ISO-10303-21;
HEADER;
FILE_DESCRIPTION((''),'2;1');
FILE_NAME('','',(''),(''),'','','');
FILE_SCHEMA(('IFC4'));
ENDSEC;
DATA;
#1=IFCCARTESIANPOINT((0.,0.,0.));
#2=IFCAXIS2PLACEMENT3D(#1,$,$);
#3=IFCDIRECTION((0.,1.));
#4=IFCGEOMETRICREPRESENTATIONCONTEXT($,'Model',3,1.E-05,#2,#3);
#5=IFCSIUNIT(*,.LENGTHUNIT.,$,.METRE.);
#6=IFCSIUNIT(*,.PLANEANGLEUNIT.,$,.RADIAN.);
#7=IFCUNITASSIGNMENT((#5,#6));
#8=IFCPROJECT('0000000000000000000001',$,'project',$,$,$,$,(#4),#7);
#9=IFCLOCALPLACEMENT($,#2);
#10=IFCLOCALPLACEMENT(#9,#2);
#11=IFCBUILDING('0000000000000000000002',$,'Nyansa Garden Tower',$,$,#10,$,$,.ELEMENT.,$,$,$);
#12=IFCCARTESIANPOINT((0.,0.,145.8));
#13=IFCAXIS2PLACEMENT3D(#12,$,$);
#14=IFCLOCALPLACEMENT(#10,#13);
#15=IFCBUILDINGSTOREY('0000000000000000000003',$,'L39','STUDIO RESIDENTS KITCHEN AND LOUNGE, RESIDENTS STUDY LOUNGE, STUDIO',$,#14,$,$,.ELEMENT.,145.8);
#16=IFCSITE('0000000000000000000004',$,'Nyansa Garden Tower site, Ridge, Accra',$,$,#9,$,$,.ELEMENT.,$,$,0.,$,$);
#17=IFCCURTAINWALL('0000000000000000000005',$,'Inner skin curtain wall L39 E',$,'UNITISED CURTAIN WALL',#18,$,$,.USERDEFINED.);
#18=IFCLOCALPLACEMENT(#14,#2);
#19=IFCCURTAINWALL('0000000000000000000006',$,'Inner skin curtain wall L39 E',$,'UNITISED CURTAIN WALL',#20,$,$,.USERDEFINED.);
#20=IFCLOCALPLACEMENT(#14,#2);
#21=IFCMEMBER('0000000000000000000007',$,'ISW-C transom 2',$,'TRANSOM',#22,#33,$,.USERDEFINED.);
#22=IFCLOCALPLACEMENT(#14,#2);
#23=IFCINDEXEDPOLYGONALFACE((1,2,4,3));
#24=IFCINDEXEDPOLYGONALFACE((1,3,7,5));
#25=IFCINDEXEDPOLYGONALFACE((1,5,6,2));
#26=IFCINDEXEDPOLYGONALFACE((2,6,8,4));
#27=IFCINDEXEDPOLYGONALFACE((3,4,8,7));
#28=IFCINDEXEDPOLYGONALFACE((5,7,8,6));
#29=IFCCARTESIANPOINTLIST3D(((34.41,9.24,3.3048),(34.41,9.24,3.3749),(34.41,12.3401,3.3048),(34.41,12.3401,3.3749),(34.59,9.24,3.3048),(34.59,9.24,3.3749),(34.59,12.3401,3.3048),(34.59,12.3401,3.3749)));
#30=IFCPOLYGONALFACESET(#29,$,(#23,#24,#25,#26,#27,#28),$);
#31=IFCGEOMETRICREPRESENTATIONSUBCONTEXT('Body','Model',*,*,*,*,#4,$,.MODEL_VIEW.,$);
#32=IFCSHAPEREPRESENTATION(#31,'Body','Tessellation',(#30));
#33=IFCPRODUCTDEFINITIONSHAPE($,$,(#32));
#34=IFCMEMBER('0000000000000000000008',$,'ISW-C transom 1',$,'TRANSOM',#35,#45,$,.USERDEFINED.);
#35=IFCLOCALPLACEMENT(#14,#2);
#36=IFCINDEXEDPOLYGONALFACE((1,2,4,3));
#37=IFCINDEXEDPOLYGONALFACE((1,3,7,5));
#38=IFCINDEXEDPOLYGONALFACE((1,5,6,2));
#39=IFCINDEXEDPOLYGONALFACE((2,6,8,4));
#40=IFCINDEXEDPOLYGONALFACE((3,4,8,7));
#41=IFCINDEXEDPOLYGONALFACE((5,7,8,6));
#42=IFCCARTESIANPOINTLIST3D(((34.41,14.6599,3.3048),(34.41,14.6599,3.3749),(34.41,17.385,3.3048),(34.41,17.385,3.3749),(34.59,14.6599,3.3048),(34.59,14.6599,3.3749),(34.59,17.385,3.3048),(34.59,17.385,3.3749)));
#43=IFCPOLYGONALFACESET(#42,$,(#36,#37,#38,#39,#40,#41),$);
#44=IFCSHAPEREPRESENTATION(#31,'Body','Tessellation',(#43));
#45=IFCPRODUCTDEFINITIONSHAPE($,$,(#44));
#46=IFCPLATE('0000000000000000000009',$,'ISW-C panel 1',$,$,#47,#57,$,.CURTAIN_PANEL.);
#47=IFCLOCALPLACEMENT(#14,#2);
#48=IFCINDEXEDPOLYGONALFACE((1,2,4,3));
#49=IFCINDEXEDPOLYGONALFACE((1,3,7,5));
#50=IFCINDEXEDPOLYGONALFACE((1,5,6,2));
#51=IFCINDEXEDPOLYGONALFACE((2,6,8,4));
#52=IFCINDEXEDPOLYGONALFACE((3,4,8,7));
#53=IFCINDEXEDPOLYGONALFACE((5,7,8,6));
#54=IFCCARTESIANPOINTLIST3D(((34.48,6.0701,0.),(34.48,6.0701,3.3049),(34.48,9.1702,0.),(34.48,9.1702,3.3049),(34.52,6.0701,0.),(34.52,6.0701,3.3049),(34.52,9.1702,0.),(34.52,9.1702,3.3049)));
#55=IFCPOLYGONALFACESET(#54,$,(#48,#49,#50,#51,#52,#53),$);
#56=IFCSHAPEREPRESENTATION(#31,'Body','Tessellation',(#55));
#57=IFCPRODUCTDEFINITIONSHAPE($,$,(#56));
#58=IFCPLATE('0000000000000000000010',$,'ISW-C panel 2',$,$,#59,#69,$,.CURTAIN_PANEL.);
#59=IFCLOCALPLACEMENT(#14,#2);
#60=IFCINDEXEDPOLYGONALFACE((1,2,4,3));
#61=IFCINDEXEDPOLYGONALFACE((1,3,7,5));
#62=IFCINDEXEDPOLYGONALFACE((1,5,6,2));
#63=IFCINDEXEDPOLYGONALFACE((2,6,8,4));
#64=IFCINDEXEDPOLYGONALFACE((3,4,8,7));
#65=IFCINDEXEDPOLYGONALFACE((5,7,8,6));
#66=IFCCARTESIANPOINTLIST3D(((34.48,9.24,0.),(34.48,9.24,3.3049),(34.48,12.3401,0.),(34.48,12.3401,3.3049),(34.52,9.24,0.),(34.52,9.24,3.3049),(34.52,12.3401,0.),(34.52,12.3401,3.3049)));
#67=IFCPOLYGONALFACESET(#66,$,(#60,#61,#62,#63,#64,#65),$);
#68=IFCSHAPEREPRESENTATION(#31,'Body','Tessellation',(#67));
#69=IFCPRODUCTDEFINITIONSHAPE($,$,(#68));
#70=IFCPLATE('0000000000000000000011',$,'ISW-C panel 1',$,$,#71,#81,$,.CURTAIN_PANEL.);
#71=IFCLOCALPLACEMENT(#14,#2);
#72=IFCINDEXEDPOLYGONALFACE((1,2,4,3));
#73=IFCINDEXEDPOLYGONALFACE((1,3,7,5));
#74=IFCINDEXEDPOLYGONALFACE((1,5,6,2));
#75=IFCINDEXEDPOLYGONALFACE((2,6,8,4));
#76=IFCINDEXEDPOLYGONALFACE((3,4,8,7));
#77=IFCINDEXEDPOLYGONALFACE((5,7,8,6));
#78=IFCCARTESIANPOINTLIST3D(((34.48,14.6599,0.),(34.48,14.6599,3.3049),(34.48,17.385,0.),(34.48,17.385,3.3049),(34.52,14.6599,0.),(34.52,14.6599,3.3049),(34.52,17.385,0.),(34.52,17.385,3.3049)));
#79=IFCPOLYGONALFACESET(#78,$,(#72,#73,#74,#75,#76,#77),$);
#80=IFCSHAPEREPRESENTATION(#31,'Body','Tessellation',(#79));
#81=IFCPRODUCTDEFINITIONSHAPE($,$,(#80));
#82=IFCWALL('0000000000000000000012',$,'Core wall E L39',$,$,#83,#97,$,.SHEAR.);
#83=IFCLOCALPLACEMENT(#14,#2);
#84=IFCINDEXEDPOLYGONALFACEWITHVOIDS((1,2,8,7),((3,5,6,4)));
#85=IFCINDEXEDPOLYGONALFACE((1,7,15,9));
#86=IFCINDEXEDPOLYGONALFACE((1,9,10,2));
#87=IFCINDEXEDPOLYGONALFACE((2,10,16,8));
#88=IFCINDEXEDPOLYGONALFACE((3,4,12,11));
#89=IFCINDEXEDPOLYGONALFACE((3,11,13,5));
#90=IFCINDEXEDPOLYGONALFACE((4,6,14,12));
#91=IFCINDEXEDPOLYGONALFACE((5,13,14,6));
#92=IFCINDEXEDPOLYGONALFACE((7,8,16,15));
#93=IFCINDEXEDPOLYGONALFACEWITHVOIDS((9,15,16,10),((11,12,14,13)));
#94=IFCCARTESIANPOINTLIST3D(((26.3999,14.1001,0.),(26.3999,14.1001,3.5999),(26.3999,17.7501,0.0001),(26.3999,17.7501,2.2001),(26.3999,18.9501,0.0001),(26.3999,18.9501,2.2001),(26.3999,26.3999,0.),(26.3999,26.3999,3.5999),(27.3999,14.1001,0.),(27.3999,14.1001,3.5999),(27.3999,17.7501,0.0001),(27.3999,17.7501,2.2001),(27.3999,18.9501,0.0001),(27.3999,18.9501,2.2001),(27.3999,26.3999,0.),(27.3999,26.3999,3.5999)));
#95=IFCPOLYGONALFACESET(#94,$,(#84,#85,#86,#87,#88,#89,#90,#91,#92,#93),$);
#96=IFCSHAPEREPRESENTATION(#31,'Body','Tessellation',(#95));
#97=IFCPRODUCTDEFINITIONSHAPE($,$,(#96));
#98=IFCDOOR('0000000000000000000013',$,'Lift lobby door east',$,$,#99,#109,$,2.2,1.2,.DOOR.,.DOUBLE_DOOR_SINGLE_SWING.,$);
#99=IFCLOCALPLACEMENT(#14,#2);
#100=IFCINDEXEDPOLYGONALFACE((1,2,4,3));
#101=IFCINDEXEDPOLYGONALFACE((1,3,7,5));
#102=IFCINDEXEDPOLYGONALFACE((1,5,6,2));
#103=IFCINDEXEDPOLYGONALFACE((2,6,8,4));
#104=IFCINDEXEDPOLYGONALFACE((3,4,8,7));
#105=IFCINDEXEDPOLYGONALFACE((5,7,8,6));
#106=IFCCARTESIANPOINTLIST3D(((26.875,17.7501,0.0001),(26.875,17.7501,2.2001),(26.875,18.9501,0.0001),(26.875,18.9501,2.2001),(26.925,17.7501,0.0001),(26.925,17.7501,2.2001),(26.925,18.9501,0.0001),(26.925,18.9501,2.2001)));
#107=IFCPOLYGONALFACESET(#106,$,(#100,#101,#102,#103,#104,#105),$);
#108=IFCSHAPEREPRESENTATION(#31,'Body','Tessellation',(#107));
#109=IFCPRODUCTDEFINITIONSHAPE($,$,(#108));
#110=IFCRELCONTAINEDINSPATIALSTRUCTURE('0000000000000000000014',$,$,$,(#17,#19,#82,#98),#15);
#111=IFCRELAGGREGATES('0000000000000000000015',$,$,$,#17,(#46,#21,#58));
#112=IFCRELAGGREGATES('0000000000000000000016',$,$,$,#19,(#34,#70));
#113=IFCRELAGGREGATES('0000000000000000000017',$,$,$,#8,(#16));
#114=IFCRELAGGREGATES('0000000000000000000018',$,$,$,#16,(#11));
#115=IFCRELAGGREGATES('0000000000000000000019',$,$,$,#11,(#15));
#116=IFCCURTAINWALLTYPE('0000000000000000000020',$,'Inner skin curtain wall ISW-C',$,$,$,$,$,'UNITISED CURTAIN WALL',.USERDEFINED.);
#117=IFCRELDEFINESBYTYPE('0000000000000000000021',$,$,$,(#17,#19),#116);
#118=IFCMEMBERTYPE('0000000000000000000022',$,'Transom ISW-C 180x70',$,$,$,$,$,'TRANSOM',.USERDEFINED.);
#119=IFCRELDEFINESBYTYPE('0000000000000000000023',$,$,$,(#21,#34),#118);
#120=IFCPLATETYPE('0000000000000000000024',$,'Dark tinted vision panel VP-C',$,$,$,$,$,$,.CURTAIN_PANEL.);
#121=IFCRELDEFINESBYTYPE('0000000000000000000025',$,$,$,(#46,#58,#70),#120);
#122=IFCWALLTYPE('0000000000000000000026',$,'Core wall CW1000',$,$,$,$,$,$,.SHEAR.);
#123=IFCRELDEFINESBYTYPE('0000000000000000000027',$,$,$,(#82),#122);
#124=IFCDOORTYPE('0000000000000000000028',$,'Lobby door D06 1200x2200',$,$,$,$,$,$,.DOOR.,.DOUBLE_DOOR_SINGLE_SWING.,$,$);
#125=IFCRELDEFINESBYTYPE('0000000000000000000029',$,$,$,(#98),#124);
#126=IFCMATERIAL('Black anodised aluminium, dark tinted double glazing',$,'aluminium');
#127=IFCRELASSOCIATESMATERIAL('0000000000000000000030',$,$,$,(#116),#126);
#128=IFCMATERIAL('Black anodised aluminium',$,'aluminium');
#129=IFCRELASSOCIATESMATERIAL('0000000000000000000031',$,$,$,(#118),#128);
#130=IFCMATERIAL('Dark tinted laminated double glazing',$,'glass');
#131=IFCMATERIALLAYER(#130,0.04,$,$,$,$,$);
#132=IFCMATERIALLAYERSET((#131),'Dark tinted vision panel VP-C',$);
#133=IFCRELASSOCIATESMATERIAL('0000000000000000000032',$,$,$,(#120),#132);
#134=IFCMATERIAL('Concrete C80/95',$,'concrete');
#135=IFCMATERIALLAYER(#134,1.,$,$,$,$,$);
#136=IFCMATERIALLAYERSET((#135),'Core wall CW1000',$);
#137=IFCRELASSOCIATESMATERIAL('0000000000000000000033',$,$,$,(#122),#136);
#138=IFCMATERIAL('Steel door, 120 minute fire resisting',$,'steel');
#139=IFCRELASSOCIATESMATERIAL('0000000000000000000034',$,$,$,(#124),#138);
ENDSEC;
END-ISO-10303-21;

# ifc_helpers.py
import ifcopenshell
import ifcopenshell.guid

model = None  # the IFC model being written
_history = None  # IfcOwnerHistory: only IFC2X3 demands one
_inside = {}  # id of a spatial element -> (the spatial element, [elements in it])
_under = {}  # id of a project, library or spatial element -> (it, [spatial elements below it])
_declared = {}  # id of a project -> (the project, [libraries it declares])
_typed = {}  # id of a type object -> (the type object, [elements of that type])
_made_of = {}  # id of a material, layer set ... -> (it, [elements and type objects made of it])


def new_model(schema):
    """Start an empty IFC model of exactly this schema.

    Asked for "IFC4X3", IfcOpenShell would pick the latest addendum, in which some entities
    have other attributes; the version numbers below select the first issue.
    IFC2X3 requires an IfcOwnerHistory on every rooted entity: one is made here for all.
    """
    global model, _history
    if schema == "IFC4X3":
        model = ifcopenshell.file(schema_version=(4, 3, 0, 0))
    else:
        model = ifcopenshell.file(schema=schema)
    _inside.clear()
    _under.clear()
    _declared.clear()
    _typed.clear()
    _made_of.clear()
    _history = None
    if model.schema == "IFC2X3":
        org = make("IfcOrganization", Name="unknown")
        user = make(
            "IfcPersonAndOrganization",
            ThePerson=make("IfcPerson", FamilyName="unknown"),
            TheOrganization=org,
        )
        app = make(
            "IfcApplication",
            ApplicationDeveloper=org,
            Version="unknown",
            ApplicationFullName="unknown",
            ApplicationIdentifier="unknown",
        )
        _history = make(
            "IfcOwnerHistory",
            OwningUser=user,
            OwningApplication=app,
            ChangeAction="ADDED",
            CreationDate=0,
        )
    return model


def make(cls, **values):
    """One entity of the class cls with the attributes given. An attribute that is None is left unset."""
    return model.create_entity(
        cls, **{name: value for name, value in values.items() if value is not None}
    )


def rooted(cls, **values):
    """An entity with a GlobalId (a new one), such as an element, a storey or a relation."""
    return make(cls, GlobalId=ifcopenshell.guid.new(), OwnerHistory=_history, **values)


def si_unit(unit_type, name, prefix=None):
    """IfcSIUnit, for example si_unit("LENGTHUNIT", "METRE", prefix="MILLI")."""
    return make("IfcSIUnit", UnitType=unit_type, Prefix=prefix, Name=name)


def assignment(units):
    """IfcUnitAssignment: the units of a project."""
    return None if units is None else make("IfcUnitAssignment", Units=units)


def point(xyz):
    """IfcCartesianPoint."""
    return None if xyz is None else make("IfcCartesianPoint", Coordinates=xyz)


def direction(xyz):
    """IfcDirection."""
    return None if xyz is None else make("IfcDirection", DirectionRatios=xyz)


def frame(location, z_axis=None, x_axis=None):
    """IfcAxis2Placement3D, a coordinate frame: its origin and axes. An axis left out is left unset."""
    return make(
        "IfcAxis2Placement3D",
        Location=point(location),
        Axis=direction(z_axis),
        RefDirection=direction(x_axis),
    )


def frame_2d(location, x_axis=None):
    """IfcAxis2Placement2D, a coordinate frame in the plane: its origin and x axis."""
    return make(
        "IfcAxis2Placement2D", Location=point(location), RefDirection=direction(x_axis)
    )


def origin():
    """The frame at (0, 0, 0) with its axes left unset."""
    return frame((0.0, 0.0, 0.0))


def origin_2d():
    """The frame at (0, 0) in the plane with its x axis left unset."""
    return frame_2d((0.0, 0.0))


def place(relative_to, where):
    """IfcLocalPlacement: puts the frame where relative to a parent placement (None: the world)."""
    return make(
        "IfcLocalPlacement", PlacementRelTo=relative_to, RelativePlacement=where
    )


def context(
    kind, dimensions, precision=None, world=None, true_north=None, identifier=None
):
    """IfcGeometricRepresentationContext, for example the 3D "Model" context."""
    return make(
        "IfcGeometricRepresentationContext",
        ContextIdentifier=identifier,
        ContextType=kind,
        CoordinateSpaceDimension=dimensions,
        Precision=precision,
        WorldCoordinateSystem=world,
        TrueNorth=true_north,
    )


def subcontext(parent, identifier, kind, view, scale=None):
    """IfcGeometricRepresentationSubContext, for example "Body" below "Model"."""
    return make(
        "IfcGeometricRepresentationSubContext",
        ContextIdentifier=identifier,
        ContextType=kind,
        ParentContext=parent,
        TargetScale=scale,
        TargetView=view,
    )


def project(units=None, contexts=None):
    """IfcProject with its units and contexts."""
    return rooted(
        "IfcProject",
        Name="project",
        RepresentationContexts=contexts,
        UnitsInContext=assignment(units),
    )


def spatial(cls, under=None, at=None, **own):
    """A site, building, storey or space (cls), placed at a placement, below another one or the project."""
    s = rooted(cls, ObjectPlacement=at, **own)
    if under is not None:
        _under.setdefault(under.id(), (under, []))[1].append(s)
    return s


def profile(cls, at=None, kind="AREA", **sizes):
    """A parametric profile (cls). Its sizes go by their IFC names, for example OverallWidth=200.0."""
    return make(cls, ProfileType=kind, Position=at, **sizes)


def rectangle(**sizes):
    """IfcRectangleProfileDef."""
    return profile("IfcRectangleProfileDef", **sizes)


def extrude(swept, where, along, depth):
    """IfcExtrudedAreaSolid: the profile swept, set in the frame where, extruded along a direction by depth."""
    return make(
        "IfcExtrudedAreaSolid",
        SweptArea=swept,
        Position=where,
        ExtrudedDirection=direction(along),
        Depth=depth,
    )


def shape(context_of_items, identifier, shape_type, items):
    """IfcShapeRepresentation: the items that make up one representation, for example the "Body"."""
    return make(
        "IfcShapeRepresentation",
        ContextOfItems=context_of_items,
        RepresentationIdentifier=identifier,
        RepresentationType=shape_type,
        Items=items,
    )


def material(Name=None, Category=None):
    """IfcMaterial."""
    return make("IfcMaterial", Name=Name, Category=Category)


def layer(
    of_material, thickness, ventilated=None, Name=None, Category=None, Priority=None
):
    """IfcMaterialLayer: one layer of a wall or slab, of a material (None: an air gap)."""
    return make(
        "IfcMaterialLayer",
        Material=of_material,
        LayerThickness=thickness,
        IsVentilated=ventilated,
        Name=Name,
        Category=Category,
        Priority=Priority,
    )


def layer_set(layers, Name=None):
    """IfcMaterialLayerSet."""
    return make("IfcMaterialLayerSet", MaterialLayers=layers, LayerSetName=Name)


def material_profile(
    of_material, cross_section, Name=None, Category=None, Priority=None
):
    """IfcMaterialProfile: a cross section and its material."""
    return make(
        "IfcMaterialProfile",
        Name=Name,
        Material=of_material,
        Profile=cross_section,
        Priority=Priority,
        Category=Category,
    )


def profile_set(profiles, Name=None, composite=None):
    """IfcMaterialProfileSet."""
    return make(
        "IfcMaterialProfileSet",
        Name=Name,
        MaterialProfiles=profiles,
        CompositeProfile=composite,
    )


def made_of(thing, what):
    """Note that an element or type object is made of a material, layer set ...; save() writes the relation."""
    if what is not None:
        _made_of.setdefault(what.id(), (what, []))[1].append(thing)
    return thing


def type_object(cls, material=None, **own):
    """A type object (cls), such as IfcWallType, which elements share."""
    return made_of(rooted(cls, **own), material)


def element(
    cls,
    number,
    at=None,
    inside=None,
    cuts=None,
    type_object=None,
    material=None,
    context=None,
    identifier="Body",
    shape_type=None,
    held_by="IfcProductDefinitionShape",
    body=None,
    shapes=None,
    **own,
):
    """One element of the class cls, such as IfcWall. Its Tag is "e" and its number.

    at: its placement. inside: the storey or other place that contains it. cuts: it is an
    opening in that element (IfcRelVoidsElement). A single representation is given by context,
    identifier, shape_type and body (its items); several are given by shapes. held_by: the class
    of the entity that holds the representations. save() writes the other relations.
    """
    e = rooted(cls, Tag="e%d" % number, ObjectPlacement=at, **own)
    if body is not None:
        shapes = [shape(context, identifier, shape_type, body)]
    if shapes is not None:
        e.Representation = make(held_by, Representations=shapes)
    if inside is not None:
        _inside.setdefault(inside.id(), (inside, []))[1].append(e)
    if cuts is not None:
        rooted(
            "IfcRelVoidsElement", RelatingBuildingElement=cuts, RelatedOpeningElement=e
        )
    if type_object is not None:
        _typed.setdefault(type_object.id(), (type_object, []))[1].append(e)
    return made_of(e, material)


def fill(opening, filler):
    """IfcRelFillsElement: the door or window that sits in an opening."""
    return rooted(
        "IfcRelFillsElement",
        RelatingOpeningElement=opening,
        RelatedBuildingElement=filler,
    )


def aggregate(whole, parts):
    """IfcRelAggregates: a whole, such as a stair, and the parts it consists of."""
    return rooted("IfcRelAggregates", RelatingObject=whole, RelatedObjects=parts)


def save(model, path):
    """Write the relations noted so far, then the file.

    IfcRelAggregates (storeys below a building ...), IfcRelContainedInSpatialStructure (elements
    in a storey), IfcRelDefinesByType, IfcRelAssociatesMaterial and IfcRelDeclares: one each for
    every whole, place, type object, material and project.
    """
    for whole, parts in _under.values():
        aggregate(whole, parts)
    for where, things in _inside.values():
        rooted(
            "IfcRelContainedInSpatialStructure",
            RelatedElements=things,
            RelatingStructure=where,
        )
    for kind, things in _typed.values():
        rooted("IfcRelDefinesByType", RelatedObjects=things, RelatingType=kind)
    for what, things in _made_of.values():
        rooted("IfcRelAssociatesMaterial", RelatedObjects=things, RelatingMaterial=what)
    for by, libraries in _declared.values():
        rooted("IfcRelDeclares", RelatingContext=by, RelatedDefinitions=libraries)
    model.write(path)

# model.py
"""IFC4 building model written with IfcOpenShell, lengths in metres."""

from ifc_helpers import new_model, si_unit, direction, frame, frame_2d, origin, origin_2d, place, context, subcontext, project, spatial, rectangle, extrude, material, layer, layer_set, material_profile, profile_set, type_object, element, fill, aggregate, save


model = new_model("IFC4")

# Units and contexts
model_context = context("Model", 3, precision=1e-05, world=origin(), true_north=direction((0.0, 1.0)))
body_context = subcontext(model_context, "Body", "Model", "MODEL_VIEW")
ifc_project = project(units=[si_unit("LENGTHUNIT", "METRE"), si_unit("PLANEANGLEUNIT", "RADIAN")], contexts=[model_context])

# Site, building, storey
site_placement = place(None, origin())
site = spatial("IfcSite", under=ifc_project, at=site_placement, Name="Nyansa Garden Tower site, Ridge, Accra", CompositionType="ELEMENT", RefElevation=0.0)
building_placement = place(site_placement, origin())
building = spatial("IfcBuilding", under=site, at=building_placement, Name="Nyansa Garden Tower", CompositionType="ELEMENT")
storey_placement = place(building_placement, frame((0.0, 0.0, 145.8)))
storey = spatial("IfcBuildingStorey", under=building, at=storey_placement, Name="L39", Description="STUDIO RESIDENTS KITCHEN AND LOUNGE, RESIDENTS STUDY LOUNGE, STUDIO", CompositionType="ELEMENT", Elevation=145.8)

# Curtain wall
ifc_material_1 = material(Name="Black anodised aluminium, dark tinted double glazing", Category="aluminium")
curtain_wall_type = type_object("IfcCurtainWallType", Name="Inner skin curtain wall ISW-C", ElementType="UNITISED CURTAIN WALL", PredefinedType="USERDEFINED", material=ifc_material_1)
curtain_wall_1_placement = place(storey_placement, origin())
curtain_wall_1 = element("IfcCurtainWall", 1, at=curtain_wall_1_placement, inside=storey, type_object=curtain_wall_type, Name="Inner skin curtain wall L39 E", ObjectType="UNITISED CURTAIN WALL", PredefinedType="USERDEFINED")

# Curtain wall
curtain_wall_2_placement = place(storey_placement, origin())
curtain_wall_2 = element("IfcCurtainWall", 2, at=curtain_wall_2_placement, inside=storey, type_object=curtain_wall_type, Name="Inner skin curtain wall L39 E", ObjectType="UNITISED CURTAIN WALL", PredefinedType="USERDEFINED")

# Members
ifc_material_2 = material(Name="Black anodised aluminium", Category="aluminium")
ifc_material_profile_1 = material_profile(ifc_material_2, rectangle(XDim=0.1799, YDim=0.0701, at=origin_2d()), Name="Transom 180x70")
ifc_profile_set_1 = profile_set([ifc_material_profile_1], Name="Black anodised aluminium")
member_type_1 = type_object("IfcMemberType", Name="Transom ISW-C 180x70", ElementType="TRANSOM", PredefinedType="USERDEFINED", material=ifc_profile_set_1)
member_1_placement = place(storey_placement, frame((34.5, 9.24, 3.3398), z_axis=(0.0, 1.0, 0.0), x_axis=(-1.0, 0.0, 0.0)))
member_1 = element("IfcMember", 3, at=member_1_placement, type_object=member_type_1, Name="ISW-C transom 2", ObjectType="TRANSOM", PredefinedType="USERDEFINED", context=body_context, shape_type="SweptSolid", body=[
    extrude(rectangle(XDim=0.1799, YDim=0.0701, at=origin_2d()), origin(), (0.0, 0.0, 1.0), 3.1001),
])
member_2_placement = place(storey_placement, frame((34.5, 14.6599, 3.3398), z_axis=(0.0, 1.0, 0.0), x_axis=(-1.0, 0.0, 0.0)))
member_2 = element("IfcMember", 4, at=member_2_placement, type_object=member_type_1, Name="ISW-C transom 1", ObjectType="TRANSOM", PredefinedType="USERDEFINED", context=body_context, shape_type="SweptSolid", body=[
    extrude(rectangle(XDim=0.1799, YDim=0.0701, at=origin_2d()), origin(), (0.0, 0.0, 1.0), 2.7251),
])

# Plates
ifc_material_3 = material(Name="Dark tinted laminated double glazing", Category="glass")
ifc_layer_1 = layer(ifc_material_3, 0.04)
ifc_layer_set_1 = layer_set([ifc_layer_1], Name="Dark tinted vision panel VP-C")
plate_type = type_object("IfcPlateType", Name="Dark tinted vision panel VP-C", PredefinedType="CURTAIN_PANEL", material=ifc_layer_set_1)
plate_1_placement = place(storey_placement, frame((34.5, 7.6201, 0.0), z_axis=(0.0, 0.0, 1.0), x_axis=(0.0, 1.0, 0.0)))
plate_1 = element("IfcPlate", 5, at=plate_1_placement, type_object=plate_type, Name="ISW-C panel 1", PredefinedType="CURTAIN_PANEL", context=body_context, shape_type="SweptSolid", body=[
    extrude(rectangle(XDim=3.1001, YDim=0.04, at=origin_2d()), origin(), (0.0, 0.0, 1.0), 3.3049),
])
plate_2_placement = place(storey_placement, frame((34.5, 10.79, 0.0), z_axis=(0.0, 0.0, 1.0), x_axis=(0.0, 1.0, 0.0)))
plate_2 = element("IfcPlate", 6, at=plate_2_placement, type_object=plate_type, Name="ISW-C panel 2", PredefinedType="CURTAIN_PANEL", context=body_context, shape_type="SweptSolid", body=[
    extrude(rectangle(XDim=3.1001, YDim=0.04, at=origin_2d()), origin(), (0.0, 0.0, 1.0), 3.3049),
])
aggregate(curtain_wall_1, [plate_1, member_1, plate_2])
plate_3_placement = place(storey_placement, frame((34.5, 16.0225, 0.0), z_axis=(0.0, 0.0, 1.0), x_axis=(0.0, 1.0, 0.0)))
plate_3 = element("IfcPlate", 7, at=plate_3_placement, type_object=plate_type, Name="ISW-C panel 1", PredefinedType="CURTAIN_PANEL", context=body_context, shape_type="SweptSolid", body=[
    extrude(rectangle(XDim=2.7251, YDim=0.04, at=origin_2d()), origin(), (0.0, 0.0, 1.0), 3.3049),
])
aggregate(curtain_wall_2, [member_2, plate_3])

# Wall, opening, door
ifc_material_4 = material(Name="Concrete C80/95", Category="concrete")
ifc_layer_2 = layer(ifc_material_4, 1.0)
ifc_layer_set_2 = layer_set([ifc_layer_2], Name="Core wall CW1000")
wall_type_1 = type_object("IfcWallType", Name="Core wall CW1000", PredefinedType="SHEAR", material=ifc_layer_set_2)
wall_1_placement = place(storey_placement, frame((26.8999, 14.1001, 0.0), z_axis=(0.0, 0.0, 1.0), x_axis=(0.0, 1.0, 0.0)))
wall_1 = element("IfcWall", 8, at=wall_1_placement, inside=storey, type_object=wall_type_1, Name="Core wall E L39", PredefinedType="SHEAR", context=body_context, shape_type="SweptSolid", body=[
    extrude(rectangle(XDim=12.2998, YDim=1.0, at=frame_2d((6.1499, 0.0))), origin(), (0.0, 0.0, 1.0), 3.5999),
])
opening_1_placement = place(wall_1_placement, frame((3.6499, 0.0, 0.0)))
opening_1 = element("IfcOpeningElement", 9, at=opening_1_placement, cuts=wall_1, PredefinedType="OPENING", context=body_context, shape_type="SweptSolid", body=[
    extrude(rectangle(XDim=1.2, YDim=2.2, at=frame_2d((0.6001, 1.1001))), frame((0.0, 0.51, 0.0), z_axis=(0.0, -1.0, 0.0), x_axis=(1.0, 0.0, 0.0)), (0.0, 0.0, 1.0), 1.02),
])
ifc_material_5 = material(Name="Steel door, 120 minute fire resisting", Category="steel")
door_type_1 = type_object("IfcDoorType", Name="Lobby door D06 1200x2200", OperationType="DOUBLE_DOOR_SINGLE_SWING", PredefinedType="DOOR", material=ifc_material_5)
door_1_placement = place(opening_1_placement, origin())
door_1 = element("IfcDoor", 10, at=door_1_placement, inside=storey, type_object=door_type_1, Name="Lift lobby door east", OperationType="DOUBLE_DOOR_SINGLE_SWING", OverallHeight=2.2, OverallWidth=1.2, PredefinedType="DOOR", context=body_context, shape_type="SweptSolid", body=[
    extrude(rectangle(XDim=1.2, YDim=2.2, at=frame_2d((0.6001, 1.1001))), frame((0.0, 0.0249, 0.0), z_axis=(0.0, -1.0, 0.0), x_axis=(1.0, 0.0, 0.0)), (0.0, 0.0, 1.0), 0.05),
])
fill(opening_1, door_1)

save(model, "model.ifc")
